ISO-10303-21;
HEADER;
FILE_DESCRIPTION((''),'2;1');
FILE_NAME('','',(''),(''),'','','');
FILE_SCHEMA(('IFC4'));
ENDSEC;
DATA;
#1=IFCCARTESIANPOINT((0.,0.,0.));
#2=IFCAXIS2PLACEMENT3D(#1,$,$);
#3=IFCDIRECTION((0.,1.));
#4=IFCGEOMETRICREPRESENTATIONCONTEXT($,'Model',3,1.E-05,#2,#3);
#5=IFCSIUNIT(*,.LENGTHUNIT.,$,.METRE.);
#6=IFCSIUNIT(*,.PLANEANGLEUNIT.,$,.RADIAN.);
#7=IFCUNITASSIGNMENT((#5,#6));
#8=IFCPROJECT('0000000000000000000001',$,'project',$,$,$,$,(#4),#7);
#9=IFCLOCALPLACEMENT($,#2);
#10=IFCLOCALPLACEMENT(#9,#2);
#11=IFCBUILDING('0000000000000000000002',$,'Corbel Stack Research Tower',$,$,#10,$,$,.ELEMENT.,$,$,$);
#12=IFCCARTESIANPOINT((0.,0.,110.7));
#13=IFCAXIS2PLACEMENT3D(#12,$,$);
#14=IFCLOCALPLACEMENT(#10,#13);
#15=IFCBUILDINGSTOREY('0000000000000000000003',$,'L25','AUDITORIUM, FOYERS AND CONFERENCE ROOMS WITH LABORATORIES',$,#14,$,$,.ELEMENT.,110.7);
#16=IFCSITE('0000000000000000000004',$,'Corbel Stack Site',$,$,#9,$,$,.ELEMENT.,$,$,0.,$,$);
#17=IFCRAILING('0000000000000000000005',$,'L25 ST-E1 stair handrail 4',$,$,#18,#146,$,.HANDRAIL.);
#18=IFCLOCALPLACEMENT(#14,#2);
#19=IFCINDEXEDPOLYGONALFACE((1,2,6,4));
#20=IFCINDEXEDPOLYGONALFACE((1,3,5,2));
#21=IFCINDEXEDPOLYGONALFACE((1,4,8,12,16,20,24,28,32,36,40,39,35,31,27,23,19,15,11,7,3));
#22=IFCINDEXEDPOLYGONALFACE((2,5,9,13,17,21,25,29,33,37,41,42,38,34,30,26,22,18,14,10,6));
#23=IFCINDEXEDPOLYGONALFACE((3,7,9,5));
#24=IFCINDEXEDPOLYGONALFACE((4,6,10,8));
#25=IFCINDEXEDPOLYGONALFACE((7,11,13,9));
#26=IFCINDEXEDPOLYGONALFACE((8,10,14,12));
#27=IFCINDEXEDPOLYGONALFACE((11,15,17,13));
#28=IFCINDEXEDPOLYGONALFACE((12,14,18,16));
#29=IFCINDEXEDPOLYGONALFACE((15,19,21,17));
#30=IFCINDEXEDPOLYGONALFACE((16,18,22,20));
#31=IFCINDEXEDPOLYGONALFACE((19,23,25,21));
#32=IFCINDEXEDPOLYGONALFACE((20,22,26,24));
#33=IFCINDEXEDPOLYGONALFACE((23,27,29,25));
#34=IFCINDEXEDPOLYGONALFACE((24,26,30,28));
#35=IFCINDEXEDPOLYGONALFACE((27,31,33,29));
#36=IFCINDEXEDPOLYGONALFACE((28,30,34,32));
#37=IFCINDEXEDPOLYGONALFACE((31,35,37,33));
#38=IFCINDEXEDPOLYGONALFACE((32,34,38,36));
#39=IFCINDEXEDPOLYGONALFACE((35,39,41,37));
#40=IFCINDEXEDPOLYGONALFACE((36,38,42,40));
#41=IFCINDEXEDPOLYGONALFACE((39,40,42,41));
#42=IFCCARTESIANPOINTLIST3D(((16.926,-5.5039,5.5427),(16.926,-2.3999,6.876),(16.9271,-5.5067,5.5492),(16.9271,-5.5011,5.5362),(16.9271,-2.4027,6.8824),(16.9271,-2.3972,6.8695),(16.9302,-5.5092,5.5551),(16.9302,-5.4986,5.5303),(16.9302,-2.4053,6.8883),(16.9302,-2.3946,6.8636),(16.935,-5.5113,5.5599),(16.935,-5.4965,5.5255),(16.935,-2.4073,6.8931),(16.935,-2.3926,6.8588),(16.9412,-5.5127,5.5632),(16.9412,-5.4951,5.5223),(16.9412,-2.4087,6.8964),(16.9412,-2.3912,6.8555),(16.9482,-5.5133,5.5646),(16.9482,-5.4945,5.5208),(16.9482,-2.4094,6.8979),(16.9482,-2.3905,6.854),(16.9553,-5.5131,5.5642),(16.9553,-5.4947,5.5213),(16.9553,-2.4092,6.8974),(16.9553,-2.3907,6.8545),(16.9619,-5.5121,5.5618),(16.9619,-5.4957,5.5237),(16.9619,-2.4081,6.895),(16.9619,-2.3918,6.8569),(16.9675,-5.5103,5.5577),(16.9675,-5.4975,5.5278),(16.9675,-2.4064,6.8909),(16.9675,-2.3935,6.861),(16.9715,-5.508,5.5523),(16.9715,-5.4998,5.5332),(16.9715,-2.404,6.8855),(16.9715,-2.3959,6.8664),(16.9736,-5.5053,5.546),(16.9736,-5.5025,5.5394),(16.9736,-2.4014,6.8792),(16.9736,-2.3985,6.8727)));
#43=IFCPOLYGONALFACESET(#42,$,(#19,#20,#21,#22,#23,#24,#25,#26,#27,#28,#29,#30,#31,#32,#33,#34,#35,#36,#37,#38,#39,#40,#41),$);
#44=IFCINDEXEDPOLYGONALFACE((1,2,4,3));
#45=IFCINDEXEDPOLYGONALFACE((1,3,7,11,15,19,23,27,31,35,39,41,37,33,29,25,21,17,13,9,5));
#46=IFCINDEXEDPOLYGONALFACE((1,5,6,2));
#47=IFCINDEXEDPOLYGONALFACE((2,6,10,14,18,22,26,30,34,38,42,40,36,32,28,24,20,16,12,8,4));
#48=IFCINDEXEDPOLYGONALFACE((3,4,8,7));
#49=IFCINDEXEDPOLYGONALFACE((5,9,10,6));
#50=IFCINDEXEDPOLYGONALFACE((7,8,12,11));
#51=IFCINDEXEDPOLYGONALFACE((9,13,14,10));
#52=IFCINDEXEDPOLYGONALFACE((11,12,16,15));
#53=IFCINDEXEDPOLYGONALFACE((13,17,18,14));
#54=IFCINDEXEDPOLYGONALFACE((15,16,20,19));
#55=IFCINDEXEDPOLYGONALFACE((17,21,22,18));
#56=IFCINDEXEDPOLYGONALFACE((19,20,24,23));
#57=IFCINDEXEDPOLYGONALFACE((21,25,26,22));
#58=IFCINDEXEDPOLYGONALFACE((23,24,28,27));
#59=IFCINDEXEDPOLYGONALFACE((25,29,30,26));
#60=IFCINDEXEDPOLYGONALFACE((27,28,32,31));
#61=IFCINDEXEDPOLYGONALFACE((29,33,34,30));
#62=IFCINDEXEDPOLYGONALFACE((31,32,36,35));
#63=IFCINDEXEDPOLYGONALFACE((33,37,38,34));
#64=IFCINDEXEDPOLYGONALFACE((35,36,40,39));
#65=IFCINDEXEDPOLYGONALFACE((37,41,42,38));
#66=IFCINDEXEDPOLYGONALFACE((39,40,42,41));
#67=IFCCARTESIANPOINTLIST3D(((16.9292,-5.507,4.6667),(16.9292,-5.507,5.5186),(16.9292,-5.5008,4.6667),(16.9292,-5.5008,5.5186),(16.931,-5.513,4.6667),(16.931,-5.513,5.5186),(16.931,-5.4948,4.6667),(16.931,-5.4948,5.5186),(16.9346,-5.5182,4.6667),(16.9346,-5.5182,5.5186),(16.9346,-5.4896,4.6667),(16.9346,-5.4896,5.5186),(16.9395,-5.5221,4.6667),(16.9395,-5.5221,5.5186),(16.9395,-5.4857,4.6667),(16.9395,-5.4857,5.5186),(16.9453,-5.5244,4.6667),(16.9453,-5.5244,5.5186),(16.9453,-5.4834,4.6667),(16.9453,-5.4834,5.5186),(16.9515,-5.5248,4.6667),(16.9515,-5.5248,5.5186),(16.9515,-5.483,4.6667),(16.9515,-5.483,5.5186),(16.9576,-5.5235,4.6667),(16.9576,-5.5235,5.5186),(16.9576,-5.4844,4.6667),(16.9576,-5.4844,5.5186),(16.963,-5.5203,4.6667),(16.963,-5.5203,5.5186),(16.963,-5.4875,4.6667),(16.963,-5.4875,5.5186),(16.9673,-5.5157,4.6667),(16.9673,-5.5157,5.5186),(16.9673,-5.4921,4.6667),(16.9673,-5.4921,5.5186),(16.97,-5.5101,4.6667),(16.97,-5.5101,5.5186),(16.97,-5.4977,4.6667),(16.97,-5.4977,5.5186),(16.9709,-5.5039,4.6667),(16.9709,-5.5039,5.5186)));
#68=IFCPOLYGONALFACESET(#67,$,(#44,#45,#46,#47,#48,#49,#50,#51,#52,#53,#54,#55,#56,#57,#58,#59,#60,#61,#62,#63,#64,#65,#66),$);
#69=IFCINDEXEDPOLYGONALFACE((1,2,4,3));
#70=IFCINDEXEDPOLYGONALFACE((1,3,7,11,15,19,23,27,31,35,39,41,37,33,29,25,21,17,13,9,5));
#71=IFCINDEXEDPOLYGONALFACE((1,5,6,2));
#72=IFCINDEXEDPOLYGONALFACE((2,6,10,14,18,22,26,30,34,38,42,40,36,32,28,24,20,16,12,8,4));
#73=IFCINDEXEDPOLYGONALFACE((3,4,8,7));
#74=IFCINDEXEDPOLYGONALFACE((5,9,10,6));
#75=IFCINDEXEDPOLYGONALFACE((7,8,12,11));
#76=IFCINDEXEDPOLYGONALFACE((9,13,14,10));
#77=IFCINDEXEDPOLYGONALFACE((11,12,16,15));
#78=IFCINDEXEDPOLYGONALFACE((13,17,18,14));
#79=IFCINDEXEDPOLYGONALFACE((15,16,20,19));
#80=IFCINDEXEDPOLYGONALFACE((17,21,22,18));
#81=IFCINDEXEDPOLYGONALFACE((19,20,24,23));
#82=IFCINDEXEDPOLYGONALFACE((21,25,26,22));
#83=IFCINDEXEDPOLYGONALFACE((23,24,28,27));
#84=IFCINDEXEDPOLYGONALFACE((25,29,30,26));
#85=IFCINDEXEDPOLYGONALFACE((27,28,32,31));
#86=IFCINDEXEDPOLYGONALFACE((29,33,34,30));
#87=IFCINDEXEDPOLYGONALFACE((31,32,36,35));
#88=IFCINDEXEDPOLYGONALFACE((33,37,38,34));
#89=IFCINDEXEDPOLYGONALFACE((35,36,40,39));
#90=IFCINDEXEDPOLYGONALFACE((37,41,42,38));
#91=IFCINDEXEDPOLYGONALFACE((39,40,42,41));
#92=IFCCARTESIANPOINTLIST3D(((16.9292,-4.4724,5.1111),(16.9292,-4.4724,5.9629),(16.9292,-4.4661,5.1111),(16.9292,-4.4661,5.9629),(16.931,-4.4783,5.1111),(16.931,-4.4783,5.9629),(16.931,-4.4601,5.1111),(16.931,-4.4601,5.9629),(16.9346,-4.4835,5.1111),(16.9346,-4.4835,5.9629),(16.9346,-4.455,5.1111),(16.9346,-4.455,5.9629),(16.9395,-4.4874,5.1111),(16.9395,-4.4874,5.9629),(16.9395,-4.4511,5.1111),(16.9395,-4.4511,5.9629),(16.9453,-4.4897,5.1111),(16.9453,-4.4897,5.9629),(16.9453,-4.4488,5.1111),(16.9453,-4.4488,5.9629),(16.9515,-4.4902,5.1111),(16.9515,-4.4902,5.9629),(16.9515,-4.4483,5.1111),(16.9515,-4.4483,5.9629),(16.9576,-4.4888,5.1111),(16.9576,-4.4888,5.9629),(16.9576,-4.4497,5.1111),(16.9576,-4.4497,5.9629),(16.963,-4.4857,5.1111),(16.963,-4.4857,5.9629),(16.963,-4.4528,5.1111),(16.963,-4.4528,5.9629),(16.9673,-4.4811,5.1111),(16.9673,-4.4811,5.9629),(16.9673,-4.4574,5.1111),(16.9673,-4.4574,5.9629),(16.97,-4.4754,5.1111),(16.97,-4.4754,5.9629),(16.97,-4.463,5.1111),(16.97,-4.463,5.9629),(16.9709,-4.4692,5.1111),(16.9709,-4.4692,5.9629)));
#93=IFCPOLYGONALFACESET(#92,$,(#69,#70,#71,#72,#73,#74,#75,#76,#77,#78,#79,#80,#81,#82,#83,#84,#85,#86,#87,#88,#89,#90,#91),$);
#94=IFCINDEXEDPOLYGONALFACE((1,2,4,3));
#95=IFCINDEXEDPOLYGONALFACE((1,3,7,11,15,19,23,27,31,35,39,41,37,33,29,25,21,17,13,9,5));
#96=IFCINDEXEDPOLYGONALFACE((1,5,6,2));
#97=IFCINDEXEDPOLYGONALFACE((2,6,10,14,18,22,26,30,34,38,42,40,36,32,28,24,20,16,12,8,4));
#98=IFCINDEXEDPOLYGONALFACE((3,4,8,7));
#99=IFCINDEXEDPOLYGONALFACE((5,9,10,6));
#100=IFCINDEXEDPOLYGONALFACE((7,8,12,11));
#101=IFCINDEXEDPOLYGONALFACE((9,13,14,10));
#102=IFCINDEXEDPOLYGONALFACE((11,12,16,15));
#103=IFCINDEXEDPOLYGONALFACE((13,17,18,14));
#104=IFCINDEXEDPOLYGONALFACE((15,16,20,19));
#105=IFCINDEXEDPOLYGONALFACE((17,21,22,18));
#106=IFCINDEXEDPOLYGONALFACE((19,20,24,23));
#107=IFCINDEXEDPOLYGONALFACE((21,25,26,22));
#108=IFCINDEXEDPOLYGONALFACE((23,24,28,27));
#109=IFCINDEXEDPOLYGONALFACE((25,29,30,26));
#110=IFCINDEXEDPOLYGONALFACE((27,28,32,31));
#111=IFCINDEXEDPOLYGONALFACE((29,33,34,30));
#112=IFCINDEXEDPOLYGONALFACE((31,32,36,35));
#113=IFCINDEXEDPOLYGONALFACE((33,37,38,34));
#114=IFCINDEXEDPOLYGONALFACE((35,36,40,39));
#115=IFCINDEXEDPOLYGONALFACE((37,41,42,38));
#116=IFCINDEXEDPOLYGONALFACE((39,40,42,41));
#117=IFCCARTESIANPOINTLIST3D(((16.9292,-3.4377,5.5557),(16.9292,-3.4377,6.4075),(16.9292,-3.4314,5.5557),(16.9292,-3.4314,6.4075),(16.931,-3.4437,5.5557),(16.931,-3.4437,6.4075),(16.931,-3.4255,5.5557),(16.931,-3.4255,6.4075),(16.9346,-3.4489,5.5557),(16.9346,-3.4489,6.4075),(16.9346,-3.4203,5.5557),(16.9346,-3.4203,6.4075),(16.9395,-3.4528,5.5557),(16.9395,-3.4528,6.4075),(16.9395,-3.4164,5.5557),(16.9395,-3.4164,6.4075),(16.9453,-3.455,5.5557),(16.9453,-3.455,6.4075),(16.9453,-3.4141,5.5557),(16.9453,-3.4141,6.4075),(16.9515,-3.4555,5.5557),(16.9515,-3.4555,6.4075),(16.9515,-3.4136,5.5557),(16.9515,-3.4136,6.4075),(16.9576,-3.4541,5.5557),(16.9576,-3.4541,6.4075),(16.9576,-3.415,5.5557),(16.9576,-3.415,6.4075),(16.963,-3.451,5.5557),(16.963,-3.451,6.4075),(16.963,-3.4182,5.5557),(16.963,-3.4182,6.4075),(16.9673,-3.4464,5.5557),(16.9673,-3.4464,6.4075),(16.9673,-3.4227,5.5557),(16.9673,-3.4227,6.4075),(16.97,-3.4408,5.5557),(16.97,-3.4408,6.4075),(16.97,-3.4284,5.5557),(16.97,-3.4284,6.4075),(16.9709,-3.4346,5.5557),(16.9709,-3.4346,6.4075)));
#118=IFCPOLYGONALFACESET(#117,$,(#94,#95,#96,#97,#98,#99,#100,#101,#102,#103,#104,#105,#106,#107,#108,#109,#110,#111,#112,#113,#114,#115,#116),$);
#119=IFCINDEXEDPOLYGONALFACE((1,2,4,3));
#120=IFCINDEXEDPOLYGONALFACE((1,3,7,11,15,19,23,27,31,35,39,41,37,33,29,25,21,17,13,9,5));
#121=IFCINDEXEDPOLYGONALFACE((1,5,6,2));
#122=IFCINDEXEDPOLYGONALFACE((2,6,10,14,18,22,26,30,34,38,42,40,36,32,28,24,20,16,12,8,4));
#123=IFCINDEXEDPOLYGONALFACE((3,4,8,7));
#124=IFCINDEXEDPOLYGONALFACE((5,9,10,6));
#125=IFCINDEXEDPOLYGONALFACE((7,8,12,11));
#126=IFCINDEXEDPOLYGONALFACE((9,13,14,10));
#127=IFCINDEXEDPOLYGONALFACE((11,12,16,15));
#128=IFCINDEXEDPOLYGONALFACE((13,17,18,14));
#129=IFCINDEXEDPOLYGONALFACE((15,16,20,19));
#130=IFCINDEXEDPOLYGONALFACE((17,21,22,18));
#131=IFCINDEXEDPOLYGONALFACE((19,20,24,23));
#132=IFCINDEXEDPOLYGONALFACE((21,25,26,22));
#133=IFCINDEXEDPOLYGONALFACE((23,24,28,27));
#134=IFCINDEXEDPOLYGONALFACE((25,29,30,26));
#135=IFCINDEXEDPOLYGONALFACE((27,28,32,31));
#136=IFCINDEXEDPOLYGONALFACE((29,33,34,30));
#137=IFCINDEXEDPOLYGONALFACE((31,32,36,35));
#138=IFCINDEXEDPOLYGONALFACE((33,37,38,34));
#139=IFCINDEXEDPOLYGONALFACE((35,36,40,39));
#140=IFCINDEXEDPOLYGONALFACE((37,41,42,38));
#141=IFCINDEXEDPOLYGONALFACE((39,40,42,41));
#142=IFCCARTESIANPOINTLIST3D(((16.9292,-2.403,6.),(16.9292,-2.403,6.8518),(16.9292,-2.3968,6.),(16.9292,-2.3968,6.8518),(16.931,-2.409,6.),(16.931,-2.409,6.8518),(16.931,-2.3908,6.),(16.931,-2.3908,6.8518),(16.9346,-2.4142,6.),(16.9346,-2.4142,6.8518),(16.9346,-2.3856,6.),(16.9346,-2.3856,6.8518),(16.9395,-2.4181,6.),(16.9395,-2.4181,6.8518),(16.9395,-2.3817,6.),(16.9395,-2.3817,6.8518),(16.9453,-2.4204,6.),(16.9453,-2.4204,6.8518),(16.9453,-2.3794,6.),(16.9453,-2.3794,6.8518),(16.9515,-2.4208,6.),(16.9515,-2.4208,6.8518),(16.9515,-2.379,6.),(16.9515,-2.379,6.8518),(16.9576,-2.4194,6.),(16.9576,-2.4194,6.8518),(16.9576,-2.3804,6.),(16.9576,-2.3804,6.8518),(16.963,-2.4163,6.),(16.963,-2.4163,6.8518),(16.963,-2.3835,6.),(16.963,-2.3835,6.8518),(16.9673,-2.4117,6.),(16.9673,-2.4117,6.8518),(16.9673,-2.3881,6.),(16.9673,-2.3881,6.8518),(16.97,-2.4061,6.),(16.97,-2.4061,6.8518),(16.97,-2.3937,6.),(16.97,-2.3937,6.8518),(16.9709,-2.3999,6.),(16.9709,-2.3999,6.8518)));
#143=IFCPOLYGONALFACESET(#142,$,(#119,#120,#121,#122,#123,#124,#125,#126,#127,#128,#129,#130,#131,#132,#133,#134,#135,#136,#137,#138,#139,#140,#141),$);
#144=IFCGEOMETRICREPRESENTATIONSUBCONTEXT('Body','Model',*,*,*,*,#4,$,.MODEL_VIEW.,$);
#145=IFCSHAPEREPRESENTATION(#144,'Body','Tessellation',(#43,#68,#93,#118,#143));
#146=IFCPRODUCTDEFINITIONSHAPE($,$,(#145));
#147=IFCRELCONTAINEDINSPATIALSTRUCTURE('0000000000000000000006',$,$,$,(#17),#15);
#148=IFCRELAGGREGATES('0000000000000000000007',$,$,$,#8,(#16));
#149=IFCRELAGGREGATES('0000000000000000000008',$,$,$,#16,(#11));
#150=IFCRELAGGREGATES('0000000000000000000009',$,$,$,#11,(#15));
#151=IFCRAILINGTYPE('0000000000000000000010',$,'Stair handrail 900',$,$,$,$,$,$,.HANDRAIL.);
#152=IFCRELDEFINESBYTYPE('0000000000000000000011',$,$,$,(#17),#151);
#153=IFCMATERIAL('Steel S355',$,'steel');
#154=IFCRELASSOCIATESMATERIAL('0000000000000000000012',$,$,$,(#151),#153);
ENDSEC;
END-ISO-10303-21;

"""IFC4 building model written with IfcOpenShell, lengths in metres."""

from ifc_helpers import new_model, si_unit, direction, frame, origin, origin_2d, place, context, subcontext, project, spatial, circle, extrude, material, type_object, element, save


model = new_model("IFC4")

# Units and contexts
model_context = context("Model", 3, precision=1e-05, world=origin(), true_north=direction((0.0, 1.0)))
body_context = subcontext(model_context, "Body", "Model", "MODEL_VIEW")
ifc_project = project(units=[si_unit("LENGTHUNIT", "METRE"), si_unit("PLANEANGLEUNIT", "RADIAN")], contexts=[model_context])

# Site, building, storey
site_placement = place(None, origin())
site = spatial("IfcSite", under=ifc_project, at=site_placement, Name="Corbel Stack Site", CompositionType="ELEMENT", RefElevation=0.0)
building_placement = place(site_placement, origin())
building = spatial("IfcBuilding", under=site, at=building_placement, Name="Corbel Stack Research Tower", CompositionType="ELEMENT")
storey_placement = place(building_placement, frame((0.0, 0.0, 110.7)))
storey = spatial("IfcBuildingStorey", under=building, at=storey_placement, Name="L25", Description="AUDITORIUM, FOYERS AND CONFERENCE ROOMS WITH LABORATORIES", CompositionType="ELEMENT", Elevation=110.7)

# Railing
ifc_material_1 = material(Name="Steel S355", Category="steel")
railing_type_1 = type_object("IfcRailingType", Name="Stair handrail 900", PredefinedType="HANDRAIL", material=ifc_material_1)
for number, where, name in (
    (1, (16.95, -5.5039, 4.6667), "L25 ST-E1 stair handrail 4"),
):
    element("IfcRailing", number, at=place(storey_placement, frame(where)), inside=storey, type_object=railing_type_1, Name=name, PredefinedType="HANDRAIL", context=body_context, shape_type="SweptSolid", body=[
        extrude(circle(Radius=0.0239, at=origin_2d()), frame((0.0, 0.0, 0.876), z_axis=(0.0, 0.918827, 0.394661), x_axis=(-1.0, 0.0, 0.0)), (0.0, 0.0, 1.0), 3.3782),
        extrude(circle(Radius=0.021, at=origin_2d()), origin(), (0.0, 0.0, 1.0), 0.8518),
        extrude(circle(Radius=0.021, at=origin_2d()), frame((0.0, 1.0347, 0.4443)), (0.0, 0.0, 1.0), 0.8518),
        extrude(circle(Radius=0.021, at=origin_2d()), frame((0.0, 2.0693, 0.8889)), (0.0, 0.0, 1.0), 0.8518),
        extrude(circle(Radius=0.021, at=origin_2d()), frame((0.0, 3.104, 1.3333)), (0.0, 0.0, 1.0), 0.8518),
    ])

save(model, "model.ifc")
